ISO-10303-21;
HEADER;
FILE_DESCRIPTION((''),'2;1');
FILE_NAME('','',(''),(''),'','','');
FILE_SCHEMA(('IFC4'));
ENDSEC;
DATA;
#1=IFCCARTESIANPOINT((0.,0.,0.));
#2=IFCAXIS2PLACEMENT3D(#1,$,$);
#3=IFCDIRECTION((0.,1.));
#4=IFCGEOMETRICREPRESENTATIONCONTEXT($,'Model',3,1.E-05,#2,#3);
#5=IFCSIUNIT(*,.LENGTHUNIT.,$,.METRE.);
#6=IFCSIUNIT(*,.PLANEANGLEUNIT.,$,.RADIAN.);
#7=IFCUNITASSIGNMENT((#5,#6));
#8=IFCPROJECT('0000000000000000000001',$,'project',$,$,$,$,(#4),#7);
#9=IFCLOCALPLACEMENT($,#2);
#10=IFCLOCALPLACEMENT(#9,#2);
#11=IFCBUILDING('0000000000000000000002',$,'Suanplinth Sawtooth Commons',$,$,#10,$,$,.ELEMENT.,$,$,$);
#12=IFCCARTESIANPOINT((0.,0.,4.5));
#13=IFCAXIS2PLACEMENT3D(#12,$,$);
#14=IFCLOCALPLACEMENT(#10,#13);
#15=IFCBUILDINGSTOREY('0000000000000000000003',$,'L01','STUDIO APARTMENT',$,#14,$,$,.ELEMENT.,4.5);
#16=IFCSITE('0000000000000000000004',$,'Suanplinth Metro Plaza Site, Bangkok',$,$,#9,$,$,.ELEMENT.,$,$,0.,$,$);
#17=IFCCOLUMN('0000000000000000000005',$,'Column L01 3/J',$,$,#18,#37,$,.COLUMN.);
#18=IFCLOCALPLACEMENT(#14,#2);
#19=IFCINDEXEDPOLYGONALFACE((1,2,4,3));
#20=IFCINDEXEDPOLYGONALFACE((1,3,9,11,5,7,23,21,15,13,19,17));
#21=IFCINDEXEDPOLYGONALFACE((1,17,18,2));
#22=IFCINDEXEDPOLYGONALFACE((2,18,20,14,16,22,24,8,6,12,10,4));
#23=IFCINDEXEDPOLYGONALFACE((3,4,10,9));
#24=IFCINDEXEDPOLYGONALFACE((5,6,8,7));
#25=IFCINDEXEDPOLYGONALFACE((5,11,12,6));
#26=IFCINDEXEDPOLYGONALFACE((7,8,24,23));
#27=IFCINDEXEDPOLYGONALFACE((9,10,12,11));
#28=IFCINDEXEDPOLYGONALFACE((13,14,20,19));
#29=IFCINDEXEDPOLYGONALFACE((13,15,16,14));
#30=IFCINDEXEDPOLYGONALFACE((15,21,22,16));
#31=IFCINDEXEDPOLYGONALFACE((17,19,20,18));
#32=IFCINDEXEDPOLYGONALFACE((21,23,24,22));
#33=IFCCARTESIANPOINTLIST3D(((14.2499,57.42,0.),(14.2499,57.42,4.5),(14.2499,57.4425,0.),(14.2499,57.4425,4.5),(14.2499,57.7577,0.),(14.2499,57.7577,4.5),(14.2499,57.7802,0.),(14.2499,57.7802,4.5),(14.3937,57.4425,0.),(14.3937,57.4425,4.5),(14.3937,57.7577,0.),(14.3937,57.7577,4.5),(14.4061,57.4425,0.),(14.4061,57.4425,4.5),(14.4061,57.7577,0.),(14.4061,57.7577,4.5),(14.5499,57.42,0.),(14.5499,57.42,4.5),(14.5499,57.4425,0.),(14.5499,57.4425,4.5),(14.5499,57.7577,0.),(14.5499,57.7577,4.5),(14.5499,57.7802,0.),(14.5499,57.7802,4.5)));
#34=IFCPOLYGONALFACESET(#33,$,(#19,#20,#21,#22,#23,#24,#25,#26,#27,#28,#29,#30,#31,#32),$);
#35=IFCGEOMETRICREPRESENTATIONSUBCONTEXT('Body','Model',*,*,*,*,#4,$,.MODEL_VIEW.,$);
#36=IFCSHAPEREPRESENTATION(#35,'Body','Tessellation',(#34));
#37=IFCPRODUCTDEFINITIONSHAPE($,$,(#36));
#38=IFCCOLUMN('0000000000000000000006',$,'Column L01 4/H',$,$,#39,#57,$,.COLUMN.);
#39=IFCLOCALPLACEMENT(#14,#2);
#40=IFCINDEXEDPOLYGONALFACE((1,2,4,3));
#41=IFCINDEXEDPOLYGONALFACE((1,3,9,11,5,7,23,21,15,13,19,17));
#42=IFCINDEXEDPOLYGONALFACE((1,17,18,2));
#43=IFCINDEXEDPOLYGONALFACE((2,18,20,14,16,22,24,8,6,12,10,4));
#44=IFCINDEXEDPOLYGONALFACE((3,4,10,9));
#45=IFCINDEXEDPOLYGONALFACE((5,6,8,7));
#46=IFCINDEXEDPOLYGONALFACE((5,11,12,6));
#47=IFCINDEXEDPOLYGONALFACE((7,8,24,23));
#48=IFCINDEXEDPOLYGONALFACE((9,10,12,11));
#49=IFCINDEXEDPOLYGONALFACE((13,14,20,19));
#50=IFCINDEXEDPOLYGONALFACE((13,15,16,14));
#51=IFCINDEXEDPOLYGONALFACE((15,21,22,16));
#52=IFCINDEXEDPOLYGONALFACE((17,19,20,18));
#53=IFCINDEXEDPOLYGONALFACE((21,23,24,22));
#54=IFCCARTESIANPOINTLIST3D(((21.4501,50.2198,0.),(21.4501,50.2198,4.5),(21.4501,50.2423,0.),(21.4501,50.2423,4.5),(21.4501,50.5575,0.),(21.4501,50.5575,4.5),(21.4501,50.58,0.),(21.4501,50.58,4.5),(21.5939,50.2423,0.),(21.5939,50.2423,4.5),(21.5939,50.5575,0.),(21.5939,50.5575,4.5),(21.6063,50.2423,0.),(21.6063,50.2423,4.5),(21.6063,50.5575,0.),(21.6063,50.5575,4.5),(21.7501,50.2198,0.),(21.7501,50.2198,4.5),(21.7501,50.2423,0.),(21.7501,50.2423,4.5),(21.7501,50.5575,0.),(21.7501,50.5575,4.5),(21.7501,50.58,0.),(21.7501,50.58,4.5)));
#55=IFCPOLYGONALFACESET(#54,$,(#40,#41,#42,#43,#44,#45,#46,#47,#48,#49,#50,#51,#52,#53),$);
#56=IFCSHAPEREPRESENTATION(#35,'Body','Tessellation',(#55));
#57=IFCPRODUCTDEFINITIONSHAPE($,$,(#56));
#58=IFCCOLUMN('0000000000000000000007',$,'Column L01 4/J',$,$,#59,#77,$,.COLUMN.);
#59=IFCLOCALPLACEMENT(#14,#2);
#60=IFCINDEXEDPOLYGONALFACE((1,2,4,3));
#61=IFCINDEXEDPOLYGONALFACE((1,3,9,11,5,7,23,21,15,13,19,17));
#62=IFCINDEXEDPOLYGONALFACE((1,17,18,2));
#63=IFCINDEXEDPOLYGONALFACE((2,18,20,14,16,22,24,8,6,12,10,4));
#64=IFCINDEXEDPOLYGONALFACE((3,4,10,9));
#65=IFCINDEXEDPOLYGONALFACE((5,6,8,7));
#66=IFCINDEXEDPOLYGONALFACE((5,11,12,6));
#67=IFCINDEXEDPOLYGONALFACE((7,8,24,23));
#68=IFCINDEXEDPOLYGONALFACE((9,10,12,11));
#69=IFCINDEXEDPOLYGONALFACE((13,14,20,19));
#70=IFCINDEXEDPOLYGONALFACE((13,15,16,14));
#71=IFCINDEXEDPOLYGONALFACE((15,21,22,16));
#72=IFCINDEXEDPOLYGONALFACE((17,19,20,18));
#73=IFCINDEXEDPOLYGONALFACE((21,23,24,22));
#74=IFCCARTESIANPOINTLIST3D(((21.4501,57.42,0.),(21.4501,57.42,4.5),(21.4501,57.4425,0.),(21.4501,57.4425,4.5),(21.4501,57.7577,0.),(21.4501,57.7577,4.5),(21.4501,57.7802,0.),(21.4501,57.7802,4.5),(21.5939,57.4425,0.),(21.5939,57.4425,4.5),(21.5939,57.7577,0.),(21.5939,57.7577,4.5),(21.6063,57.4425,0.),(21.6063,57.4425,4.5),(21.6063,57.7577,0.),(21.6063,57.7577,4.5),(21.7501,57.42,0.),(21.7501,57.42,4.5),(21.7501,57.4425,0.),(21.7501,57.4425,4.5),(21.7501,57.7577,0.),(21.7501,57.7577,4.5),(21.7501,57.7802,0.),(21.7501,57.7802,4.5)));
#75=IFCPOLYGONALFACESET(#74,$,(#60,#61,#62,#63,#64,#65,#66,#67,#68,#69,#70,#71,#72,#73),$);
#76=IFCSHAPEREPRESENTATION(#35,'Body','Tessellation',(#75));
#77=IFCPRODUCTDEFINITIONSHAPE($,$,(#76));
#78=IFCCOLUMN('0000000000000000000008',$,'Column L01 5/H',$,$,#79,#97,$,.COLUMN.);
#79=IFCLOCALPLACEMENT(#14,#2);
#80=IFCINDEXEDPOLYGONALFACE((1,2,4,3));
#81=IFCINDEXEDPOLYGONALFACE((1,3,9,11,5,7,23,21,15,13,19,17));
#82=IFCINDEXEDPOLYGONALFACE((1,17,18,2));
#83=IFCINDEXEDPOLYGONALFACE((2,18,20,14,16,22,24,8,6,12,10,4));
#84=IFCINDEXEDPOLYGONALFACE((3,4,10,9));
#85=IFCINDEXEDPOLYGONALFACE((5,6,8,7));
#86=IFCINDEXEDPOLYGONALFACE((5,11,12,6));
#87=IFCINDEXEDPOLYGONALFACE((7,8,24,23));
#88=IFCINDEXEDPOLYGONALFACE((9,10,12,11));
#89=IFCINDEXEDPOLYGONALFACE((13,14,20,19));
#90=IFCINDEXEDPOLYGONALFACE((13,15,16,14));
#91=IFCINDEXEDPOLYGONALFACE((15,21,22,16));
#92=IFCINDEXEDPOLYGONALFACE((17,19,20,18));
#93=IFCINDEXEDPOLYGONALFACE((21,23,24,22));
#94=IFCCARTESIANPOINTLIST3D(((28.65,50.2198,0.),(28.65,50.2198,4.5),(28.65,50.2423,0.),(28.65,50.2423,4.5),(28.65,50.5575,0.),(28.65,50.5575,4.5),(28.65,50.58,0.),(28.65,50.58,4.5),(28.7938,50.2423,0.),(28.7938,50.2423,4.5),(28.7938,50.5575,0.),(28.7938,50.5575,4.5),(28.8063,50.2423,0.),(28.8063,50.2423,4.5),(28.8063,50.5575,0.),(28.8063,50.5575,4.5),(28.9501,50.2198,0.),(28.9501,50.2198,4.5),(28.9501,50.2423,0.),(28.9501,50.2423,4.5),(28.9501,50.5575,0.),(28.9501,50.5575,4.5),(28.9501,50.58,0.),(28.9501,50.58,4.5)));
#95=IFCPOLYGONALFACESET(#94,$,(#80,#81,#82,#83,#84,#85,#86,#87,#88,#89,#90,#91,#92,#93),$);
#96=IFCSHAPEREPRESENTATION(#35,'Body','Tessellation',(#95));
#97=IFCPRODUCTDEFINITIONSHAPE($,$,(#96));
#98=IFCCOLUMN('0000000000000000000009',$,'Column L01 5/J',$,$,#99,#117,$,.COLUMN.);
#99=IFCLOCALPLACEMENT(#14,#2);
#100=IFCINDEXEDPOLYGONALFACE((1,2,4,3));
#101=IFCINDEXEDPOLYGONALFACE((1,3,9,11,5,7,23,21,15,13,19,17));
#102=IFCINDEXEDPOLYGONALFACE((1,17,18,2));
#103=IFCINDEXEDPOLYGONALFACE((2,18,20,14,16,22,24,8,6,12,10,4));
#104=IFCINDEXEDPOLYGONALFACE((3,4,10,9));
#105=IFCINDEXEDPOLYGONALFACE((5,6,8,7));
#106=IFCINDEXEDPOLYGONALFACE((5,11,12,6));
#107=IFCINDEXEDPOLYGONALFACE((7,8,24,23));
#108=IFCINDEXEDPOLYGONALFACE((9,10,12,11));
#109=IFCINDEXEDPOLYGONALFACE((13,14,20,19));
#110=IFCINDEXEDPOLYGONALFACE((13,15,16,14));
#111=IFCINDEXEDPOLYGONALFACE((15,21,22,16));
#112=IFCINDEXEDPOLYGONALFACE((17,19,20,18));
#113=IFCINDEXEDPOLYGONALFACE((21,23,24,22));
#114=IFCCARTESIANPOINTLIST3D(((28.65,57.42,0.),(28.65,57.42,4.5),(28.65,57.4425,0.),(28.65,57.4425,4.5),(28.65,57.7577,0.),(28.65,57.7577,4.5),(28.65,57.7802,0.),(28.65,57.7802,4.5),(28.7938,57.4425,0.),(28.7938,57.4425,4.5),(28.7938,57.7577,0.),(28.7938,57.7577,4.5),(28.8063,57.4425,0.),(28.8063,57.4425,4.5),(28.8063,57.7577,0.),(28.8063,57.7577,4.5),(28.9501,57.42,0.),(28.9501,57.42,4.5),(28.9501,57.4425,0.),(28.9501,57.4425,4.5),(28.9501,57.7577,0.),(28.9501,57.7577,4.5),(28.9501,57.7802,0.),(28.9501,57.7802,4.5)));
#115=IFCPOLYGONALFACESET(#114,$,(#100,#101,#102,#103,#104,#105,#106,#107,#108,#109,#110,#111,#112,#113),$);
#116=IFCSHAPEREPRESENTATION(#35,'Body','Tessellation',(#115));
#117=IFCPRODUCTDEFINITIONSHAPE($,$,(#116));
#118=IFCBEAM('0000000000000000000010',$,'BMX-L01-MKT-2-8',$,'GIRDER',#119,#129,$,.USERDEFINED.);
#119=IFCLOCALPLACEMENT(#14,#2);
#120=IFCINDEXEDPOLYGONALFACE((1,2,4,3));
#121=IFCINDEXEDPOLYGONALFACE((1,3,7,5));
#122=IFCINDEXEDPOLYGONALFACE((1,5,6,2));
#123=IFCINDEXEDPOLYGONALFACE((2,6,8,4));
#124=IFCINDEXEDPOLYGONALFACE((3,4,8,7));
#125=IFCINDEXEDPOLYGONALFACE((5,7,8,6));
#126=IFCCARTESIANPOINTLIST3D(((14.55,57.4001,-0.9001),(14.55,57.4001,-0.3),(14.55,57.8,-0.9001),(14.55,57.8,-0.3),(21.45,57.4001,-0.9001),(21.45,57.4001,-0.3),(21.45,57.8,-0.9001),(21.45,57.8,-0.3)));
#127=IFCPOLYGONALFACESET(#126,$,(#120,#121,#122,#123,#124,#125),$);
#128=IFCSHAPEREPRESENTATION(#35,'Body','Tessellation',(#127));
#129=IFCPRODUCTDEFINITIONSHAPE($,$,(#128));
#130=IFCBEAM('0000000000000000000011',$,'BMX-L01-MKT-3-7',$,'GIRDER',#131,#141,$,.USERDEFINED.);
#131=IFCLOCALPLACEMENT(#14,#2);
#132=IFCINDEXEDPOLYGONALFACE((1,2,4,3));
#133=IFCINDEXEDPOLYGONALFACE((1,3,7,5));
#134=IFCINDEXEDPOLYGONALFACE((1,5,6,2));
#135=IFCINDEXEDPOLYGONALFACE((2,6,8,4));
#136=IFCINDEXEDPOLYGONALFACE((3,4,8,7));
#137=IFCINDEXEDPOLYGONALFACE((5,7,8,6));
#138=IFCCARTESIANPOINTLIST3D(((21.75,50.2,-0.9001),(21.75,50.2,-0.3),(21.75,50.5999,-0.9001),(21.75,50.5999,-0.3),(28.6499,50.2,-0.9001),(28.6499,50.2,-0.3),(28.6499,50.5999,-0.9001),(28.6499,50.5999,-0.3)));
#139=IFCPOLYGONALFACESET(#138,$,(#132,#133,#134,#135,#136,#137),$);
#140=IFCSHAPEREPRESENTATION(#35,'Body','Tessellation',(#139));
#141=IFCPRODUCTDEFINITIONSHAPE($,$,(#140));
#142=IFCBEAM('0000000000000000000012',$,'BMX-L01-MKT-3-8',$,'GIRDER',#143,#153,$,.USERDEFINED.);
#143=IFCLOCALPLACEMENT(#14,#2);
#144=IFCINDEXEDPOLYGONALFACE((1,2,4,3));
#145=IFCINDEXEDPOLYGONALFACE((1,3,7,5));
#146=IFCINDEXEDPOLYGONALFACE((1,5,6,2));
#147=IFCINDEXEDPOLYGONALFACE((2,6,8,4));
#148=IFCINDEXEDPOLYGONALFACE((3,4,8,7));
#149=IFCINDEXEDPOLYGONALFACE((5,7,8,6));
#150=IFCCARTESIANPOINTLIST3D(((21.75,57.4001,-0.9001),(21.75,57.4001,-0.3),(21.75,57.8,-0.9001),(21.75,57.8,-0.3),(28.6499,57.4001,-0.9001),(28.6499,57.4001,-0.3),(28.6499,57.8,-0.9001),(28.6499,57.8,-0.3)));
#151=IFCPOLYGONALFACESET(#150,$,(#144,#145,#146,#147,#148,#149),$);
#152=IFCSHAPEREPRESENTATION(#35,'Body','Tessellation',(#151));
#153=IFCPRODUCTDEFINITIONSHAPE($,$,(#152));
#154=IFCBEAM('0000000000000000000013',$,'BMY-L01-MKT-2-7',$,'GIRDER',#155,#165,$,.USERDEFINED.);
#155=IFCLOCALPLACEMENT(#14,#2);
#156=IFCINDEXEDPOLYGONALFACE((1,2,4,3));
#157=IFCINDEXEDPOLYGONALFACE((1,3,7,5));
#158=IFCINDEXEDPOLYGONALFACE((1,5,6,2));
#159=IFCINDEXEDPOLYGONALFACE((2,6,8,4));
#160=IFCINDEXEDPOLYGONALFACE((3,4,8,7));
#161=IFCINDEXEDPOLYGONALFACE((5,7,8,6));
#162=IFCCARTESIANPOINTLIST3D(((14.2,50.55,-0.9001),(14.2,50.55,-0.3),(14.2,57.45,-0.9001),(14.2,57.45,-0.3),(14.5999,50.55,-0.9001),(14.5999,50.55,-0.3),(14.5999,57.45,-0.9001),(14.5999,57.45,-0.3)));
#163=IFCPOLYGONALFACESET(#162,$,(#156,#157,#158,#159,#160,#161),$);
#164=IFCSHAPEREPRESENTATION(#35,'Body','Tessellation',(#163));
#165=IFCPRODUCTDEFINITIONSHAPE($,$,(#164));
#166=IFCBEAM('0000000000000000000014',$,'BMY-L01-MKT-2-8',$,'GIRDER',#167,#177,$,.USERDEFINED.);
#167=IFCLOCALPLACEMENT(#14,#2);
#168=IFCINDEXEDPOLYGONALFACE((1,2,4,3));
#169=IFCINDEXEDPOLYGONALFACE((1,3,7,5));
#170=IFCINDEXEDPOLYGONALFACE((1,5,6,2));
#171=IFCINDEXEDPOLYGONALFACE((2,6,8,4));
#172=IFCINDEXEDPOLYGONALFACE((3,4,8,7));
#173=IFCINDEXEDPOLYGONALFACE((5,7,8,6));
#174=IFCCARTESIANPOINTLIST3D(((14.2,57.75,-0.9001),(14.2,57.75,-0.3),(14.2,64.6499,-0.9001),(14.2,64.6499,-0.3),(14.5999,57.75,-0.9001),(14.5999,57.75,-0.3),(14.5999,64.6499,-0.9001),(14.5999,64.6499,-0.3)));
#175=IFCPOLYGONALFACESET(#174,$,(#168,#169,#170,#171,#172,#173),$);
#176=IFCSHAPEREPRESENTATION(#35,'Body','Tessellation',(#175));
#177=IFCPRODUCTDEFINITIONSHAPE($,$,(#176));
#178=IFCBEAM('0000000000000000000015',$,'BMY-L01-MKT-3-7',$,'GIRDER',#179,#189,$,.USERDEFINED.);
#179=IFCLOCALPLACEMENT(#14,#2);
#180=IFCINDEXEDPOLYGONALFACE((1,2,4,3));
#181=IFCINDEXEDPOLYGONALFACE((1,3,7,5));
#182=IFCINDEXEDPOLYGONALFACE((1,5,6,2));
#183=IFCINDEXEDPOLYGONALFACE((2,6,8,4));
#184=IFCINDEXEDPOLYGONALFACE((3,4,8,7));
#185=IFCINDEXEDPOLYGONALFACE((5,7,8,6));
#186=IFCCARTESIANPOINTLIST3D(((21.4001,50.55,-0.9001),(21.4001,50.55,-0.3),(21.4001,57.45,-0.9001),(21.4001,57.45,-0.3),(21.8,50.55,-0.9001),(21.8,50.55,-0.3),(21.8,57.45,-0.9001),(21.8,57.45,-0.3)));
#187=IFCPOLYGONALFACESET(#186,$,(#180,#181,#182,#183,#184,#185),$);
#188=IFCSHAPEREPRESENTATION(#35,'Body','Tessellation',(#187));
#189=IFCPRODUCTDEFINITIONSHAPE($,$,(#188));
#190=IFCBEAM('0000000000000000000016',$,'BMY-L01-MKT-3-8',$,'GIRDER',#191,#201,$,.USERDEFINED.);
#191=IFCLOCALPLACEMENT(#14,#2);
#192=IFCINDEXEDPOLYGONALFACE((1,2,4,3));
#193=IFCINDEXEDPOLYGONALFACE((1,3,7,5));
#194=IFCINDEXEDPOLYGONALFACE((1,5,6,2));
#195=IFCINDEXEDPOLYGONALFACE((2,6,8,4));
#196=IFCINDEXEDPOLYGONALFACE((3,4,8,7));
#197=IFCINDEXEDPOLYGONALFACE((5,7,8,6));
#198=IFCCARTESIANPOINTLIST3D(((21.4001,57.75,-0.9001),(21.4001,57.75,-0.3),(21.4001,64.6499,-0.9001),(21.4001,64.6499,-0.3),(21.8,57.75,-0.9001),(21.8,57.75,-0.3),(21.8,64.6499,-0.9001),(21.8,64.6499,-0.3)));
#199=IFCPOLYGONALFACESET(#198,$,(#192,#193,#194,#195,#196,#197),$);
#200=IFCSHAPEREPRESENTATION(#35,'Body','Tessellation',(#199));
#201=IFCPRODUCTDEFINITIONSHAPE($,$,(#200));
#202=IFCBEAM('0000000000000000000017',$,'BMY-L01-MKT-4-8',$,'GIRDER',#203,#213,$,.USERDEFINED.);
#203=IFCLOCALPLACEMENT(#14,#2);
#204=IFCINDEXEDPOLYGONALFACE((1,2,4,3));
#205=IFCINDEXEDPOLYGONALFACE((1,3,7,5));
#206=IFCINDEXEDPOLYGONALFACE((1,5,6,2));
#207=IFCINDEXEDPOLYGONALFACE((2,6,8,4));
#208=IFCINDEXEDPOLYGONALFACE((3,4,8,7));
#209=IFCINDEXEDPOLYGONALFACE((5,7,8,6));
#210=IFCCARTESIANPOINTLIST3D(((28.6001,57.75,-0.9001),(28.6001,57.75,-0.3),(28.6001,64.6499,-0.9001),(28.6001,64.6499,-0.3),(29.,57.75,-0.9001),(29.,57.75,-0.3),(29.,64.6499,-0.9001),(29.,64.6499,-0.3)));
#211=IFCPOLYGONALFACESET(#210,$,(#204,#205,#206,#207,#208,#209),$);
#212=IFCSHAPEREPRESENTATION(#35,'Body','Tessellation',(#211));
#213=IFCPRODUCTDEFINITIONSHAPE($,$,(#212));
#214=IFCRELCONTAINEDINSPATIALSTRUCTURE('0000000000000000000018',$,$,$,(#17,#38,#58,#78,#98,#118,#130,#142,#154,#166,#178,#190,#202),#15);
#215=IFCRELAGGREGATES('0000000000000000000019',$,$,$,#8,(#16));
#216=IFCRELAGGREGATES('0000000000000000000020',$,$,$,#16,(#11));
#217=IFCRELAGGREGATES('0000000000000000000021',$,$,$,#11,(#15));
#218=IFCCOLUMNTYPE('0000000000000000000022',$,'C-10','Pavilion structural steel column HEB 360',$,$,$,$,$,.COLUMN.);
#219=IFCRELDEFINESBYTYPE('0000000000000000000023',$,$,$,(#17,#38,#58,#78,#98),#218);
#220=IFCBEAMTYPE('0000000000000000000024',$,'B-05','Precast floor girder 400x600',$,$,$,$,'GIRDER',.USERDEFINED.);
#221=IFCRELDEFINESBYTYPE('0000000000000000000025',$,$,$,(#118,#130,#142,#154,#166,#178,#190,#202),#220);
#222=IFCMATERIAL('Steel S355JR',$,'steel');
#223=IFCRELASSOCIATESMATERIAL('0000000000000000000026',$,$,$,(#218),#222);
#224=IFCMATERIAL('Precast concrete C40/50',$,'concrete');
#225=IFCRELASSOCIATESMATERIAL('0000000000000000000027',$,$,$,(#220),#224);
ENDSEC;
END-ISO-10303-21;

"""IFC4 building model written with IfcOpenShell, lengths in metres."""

from ifc_helpers import new_model, si_unit, direction, frame, origin, origin_2d, place, context, subcontext, project, spatial, rectangle, i_section, extrude, material, material_profile, profile_set, type_object, element, save


model = new_model("IFC4")

# Units and contexts
model_context = context("Model", 3, precision=1e-05, world=origin(), true_north=direction((0.0, 1.0)))
body_context = subcontext(model_context, "Body", "Model", "MODEL_VIEW")
ifc_project = project(units=[si_unit("LENGTHUNIT", "METRE"), si_unit("PLANEANGLEUNIT", "RADIAN")], contexts=[model_context])

# Site, building, storey
site_placement = place(None, origin())
site = spatial("IfcSite", under=ifc_project, at=site_placement, Name="Suanplinth Metro Plaza Site, Bangkok", CompositionType="ELEMENT", RefElevation=0.0)
building_placement = place(site_placement, origin())
building = spatial("IfcBuilding", under=site, at=building_placement, Name="Suanplinth Sawtooth Commons", CompositionType="ELEMENT")
storey_placement = place(building_placement, frame((0.0, 0.0, 4.5)))
storey = spatial("IfcBuildingStorey", under=building, at=storey_placement, Name="L01", Description="STUDIO APARTMENT", CompositionType="ELEMENT", Elevation=4.5)

# Columns
ifc_material_1 = material(Name="Steel S355JR", Category="steel")
ifc_material_profile_1 = material_profile(ifc_material_1, i_section(OverallWidth=0.3, OverallDepth=0.3601, WebThickness=0.0125, FlangeThickness=0.0225, at=origin_2d()), Name="HEB 360")
ifc_profile_set_1 = profile_set([ifc_material_profile_1], Name="Steel S355JR")
column_type = type_object("IfcColumnType", Name="C-10", Description="Pavilion structural steel column HEB 360", PredefinedType="COLUMN", material=ifc_profile_set_1)
for number, where, z_axis, x_axis, name in (
    (1, (14.3999, 57.6001, 0.0), (0.0, 0.0, 1.0), (1.0, 0.0, 0.0), "Column L01 3/J"),
    (2, (21.6001, 50.3999, 0.0), (0.0, 0.0, 1.0), (1.0, 0.0, 0.0), "Column L01 4/H"),
    (3, (21.6001, 57.6001, 0.0), (0.0, 0.0, 1.0), (1.0, 0.0, 0.0), "Column L01 4/J"),
    (4, (28.8, 50.3999, 0.0), (0.0, 0.0, 1.0), (1.0, 0.0, 0.0), "Column L01 5/H"),
    (5, (28.8, 57.6001, 0.0), (0.0, 0.0, 1.0), (1.0, 0.0, 0.0), "Column L01 5/J"),
):
    element("IfcColumn", number, at=place(storey_placement, frame(where, z_axis=z_axis, x_axis=x_axis)), inside=storey, type_object=column_type, Name=name, PredefinedType="COLUMN", context=body_context, shape_type="SweptSolid", body=[
        extrude(i_section(OverallWidth=0.3, OverallDepth=0.3601, WebThickness=0.0125, FlangeThickness=0.0225, at=origin_2d()), origin(), (0.0, 0.0, 1.0), 4.5),
    ])

# Beams
ifc_material_2 = material(Name="Precast concrete C40/50", Category="concrete")
ifc_material_profile_2 = material_profile(ifc_material_2, rectangle(XDim=0.3999, YDim=0.6001, at=origin_2d()), Name="PC-GDR 400x600")
ifc_profile_set_2 = profile_set([ifc_material_profile_2], Name="Precast concrete C40/50")
beam_type = type_object("IfcBeamType", Name="B-05", Description="Precast floor girder 400x600", ElementType="GIRDER", PredefinedType="USERDEFINED", material=ifc_profile_set_2)
for number, where, z_axis, x_axis, name in (
    (6, (14.55, 57.6001, -0.6001), (1.0, 0.0, 0.0), (0.0, 1.0, 0.0), "BMX-L01-MKT-2-8"),
    (7, (21.75, 50.3999, -0.6001), (1.0, 0.0, 0.0), (0.0, 1.0, 0.0), "BMX-L01-MKT-3-7"),
    (8, (21.75, 57.6001, -0.6001), (1.0, 0.0, 0.0), (0.0, 1.0, 0.0), "BMX-L01-MKT-3-8"),
    (9, (14.3999, 50.55, -0.6001), (0.0, 1.0, 0.0), (-1.0, 0.0, 0.0), "BMY-L01-MKT-2-7"),
    (10, (14.3999, 57.75, -0.6001), (0.0, 1.0, 0.0), (-1.0, 0.0, 0.0), "BMY-L01-MKT-2-8"),
    (11, (21.6001, 50.55, -0.6001), (0.0, 1.0, 0.0), (-1.0, 0.0, 0.0), "BMY-L01-MKT-3-7"),
    (12, (21.6001, 57.75, -0.6001), (0.0, 1.0, 0.0), (-1.0, 0.0, 0.0), "BMY-L01-MKT-3-8"),
    (13, (28.8, 57.75, -0.6001), (0.0, 1.0, 0.0), (-1.0, 0.0, 0.0), "BMY-L01-MKT-4-8"),
):
    element("IfcBeam", number, at=place(storey_placement, frame(where, z_axis=z_axis, x_axis=x_axis)), inside=storey, type_object=beam_type, Name=name, ObjectType="GIRDER", PredefinedType="USERDEFINED", context=body_context, shape_type="SweptSolid", body=[
        extrude(rectangle(XDim=0.3999, YDim=0.6001, at=origin_2d()), origin(), (0.0, 0.0, 1.0), 6.8999),
    ])

save(model, "model.ifc")
